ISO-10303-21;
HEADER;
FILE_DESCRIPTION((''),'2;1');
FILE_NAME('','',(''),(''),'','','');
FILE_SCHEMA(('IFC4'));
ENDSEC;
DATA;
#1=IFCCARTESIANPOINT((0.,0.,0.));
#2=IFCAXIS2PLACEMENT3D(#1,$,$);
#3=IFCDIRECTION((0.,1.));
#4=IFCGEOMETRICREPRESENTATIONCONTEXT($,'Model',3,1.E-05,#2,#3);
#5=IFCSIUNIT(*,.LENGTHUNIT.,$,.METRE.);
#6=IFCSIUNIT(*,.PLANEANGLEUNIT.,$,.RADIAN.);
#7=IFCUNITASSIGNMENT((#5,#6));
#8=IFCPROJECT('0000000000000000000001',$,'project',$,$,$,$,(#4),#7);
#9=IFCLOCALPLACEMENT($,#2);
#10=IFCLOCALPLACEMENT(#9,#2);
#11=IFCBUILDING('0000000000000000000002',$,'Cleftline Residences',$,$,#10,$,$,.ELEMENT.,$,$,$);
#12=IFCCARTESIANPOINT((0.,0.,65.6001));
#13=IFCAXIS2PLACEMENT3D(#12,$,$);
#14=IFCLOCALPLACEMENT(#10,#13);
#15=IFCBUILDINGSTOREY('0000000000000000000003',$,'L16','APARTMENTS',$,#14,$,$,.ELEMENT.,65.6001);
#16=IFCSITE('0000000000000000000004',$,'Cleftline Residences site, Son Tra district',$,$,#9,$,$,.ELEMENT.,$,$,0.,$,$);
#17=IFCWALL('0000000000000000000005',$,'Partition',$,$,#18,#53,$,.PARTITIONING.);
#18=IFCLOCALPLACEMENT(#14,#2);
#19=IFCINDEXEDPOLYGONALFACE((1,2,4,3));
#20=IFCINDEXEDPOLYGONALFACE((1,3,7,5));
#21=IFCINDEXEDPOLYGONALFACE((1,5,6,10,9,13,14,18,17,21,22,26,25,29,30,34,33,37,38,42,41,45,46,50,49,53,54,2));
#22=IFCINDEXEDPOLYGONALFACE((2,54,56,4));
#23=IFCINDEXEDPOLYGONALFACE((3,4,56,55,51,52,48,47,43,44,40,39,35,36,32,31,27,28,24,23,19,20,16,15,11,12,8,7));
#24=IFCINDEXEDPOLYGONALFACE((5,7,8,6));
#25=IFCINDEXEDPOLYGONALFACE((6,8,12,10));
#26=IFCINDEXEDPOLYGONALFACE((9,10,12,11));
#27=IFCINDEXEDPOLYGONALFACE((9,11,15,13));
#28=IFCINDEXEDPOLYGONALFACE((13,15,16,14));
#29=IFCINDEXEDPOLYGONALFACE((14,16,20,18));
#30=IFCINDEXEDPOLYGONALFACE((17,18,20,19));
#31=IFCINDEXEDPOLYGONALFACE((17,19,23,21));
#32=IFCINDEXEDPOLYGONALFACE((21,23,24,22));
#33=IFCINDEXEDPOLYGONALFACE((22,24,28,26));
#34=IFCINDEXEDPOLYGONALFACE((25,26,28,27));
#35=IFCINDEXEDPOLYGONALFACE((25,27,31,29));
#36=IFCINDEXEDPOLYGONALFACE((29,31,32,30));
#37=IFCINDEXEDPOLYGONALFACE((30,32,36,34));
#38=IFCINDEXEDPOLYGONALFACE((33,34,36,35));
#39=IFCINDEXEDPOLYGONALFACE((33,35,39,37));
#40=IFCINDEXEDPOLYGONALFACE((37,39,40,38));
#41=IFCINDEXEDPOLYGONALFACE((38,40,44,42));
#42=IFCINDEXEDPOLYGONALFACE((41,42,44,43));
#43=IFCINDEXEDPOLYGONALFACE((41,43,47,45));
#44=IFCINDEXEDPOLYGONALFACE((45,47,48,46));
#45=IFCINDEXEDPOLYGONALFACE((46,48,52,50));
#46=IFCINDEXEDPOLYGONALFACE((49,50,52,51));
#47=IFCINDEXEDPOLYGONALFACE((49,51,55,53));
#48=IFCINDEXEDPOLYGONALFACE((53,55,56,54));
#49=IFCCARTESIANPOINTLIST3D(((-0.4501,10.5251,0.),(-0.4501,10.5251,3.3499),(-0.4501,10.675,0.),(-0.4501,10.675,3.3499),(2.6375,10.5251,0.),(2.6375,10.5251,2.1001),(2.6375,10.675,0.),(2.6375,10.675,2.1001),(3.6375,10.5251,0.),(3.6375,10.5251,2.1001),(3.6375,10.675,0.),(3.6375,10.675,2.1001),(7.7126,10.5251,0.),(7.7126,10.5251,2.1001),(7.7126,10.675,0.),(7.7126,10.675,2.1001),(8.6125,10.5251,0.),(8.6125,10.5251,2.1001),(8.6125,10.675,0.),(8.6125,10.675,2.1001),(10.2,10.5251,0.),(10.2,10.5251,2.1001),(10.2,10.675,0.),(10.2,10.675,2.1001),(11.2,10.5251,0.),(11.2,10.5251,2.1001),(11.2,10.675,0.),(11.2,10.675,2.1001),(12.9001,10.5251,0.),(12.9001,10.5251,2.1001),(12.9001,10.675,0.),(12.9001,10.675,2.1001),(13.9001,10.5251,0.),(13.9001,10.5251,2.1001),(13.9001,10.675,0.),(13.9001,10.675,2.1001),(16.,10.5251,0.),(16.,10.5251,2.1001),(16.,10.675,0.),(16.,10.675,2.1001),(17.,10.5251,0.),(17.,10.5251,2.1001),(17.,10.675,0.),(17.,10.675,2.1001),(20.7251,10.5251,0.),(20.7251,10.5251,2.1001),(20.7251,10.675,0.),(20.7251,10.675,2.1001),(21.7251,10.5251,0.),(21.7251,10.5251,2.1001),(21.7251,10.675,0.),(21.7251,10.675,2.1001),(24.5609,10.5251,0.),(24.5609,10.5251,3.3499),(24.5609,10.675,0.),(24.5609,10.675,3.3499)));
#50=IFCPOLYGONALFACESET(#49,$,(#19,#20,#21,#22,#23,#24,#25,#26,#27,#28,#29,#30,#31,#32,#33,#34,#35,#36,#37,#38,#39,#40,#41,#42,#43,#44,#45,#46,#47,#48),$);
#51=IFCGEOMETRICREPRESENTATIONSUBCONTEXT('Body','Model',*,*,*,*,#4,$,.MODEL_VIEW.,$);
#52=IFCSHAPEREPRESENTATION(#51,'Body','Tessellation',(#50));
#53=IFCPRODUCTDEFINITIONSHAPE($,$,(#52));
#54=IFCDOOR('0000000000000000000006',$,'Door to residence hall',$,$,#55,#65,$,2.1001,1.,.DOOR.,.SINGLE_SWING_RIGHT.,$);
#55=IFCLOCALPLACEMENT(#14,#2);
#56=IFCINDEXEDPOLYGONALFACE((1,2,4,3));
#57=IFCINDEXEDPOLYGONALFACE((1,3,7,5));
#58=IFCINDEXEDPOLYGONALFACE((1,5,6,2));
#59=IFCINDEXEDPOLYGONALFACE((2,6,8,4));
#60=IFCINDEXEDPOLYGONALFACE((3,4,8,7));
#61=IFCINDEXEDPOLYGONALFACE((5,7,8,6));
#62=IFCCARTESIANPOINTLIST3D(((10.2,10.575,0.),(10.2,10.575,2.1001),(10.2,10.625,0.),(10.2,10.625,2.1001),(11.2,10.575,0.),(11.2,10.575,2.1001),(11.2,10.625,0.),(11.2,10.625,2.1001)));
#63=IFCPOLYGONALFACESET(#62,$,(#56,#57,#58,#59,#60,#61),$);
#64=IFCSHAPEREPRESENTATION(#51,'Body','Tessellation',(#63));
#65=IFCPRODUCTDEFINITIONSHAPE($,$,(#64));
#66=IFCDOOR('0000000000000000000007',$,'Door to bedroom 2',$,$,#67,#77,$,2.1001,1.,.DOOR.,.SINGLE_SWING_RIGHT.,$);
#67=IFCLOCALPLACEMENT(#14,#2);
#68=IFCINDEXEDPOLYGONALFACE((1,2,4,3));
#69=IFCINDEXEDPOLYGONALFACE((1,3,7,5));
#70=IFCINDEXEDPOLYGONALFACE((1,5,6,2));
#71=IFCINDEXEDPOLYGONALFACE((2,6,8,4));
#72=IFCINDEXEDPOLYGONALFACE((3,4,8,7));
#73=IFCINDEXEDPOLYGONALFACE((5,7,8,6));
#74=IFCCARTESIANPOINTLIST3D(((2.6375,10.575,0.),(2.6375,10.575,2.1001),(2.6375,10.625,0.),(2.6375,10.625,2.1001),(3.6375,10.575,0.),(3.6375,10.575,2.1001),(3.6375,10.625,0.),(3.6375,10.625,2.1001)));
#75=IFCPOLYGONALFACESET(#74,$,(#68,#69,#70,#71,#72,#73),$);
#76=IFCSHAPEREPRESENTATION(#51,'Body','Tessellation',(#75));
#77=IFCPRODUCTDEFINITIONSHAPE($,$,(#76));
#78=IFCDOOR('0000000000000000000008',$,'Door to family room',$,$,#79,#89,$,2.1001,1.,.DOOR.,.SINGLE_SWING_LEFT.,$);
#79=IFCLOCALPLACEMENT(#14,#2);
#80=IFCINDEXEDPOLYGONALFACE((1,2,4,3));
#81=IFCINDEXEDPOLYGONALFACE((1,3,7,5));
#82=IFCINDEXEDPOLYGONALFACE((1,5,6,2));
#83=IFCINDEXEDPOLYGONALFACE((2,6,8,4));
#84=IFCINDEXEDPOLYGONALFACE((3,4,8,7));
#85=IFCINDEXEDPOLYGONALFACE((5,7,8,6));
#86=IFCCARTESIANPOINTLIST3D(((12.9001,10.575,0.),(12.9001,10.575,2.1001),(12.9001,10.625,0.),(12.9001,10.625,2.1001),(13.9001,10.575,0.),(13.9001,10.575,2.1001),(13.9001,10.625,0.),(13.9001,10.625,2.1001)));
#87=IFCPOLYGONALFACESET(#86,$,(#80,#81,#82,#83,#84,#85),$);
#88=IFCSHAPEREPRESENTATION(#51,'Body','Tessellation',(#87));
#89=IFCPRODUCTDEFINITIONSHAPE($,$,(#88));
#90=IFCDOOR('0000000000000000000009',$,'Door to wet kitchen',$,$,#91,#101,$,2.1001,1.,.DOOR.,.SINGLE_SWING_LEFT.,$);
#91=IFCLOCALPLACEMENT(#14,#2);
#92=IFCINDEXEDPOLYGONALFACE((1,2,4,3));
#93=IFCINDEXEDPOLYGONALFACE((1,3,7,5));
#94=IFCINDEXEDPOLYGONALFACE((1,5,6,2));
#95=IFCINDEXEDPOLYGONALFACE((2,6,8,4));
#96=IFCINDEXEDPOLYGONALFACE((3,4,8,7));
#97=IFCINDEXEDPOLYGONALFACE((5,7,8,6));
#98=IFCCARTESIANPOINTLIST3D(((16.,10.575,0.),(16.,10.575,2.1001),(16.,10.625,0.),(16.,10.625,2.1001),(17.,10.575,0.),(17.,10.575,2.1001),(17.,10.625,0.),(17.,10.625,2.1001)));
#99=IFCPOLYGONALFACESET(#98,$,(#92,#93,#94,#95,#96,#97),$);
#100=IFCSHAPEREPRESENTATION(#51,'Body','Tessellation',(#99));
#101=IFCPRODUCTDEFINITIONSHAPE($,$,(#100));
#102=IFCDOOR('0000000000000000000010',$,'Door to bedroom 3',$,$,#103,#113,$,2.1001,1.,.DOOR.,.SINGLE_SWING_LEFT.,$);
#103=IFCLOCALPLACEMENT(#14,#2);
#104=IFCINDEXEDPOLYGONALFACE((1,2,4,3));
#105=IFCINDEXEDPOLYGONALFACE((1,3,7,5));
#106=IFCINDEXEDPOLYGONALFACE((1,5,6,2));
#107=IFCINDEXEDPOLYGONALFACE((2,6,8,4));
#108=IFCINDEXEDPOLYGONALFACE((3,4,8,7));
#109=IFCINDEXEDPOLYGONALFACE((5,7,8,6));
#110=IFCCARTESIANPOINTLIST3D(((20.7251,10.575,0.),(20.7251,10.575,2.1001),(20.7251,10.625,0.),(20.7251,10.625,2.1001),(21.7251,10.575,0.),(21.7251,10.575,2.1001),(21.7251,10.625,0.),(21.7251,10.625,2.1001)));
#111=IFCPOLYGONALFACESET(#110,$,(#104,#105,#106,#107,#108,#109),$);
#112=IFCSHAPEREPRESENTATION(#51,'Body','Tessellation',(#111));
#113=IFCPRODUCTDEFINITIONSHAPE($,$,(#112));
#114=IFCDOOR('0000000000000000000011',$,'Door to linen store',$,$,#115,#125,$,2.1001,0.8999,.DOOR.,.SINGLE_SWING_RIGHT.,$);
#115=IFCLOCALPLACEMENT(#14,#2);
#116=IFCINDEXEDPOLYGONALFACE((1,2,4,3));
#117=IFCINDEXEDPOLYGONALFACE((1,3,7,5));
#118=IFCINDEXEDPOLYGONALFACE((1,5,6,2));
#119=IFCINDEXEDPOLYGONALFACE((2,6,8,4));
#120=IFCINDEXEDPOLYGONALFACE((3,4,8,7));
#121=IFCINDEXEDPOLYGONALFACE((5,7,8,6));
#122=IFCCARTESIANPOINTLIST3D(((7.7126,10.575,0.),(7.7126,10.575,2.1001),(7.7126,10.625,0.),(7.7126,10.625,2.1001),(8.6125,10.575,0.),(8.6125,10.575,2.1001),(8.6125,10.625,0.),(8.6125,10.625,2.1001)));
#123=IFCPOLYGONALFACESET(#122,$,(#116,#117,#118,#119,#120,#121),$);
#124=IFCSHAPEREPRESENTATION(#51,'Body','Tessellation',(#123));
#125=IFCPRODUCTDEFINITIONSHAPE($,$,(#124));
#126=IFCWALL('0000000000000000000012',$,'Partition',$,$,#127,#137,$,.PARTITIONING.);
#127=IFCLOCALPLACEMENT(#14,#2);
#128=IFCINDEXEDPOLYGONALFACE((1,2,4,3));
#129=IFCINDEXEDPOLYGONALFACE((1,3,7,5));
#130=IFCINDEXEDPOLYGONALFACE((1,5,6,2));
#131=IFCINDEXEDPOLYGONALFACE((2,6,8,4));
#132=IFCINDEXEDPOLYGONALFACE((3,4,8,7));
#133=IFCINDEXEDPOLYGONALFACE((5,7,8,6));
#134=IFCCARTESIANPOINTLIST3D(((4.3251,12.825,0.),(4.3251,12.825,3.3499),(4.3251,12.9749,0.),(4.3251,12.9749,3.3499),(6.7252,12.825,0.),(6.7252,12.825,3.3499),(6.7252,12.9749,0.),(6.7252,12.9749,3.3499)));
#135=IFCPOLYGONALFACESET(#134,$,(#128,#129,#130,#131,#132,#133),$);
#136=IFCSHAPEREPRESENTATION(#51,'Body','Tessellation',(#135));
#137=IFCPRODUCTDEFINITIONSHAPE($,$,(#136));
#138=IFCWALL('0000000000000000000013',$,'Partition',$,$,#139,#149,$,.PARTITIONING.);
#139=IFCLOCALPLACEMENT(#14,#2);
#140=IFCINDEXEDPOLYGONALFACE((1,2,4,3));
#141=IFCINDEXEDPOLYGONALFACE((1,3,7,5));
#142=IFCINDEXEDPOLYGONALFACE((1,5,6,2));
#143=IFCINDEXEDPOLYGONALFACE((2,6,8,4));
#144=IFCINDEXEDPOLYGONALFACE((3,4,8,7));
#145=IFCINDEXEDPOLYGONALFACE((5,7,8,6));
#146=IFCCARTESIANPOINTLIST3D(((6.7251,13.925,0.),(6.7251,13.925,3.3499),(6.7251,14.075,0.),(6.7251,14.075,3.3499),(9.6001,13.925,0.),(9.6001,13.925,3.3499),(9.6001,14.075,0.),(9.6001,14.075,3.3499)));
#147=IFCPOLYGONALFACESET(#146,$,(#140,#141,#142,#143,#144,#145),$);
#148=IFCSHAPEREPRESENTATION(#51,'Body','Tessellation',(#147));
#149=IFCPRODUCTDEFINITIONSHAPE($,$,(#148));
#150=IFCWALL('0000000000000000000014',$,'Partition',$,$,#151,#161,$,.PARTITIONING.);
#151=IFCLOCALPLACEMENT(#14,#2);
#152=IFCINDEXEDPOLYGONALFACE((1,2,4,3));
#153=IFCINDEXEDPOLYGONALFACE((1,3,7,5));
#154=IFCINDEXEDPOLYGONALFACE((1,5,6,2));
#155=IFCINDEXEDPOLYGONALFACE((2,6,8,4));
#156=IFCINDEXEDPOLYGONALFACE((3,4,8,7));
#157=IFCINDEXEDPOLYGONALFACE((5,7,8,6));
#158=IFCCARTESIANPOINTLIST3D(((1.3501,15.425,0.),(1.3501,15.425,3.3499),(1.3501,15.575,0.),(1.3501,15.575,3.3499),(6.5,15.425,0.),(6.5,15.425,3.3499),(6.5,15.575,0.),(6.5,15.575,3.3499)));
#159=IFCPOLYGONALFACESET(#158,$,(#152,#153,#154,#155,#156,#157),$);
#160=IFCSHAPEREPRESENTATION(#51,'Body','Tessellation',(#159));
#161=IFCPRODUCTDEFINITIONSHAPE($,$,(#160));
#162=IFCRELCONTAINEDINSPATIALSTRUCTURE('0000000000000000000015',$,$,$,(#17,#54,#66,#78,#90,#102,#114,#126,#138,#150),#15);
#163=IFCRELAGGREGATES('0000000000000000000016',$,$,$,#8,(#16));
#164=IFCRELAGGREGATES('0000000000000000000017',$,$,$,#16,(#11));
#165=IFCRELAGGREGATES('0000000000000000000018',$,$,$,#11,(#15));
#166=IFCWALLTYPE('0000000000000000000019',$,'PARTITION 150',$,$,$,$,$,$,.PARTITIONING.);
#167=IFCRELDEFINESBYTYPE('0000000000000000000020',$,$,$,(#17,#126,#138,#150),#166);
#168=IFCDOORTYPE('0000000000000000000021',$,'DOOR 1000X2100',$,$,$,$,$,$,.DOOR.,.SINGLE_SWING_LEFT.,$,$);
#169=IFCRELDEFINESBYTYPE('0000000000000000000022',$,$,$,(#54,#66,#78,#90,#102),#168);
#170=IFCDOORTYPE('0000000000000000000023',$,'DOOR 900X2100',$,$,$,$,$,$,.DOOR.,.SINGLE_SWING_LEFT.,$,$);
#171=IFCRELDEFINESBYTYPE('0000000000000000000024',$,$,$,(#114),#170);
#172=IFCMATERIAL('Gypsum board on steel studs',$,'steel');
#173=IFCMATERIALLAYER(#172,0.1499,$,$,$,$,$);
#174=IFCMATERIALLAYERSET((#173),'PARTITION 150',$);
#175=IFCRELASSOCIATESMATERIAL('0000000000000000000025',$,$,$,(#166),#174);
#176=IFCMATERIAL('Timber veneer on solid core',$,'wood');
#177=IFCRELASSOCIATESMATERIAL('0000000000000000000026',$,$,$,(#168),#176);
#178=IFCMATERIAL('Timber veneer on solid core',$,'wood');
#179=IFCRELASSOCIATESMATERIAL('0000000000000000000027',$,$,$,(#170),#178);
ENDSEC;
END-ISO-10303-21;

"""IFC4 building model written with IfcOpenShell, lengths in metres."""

from ifc_helpers import new_model, si_unit, direction, frame, frame_2d, origin, place, context, subcontext, project, spatial, rectangle, extrude, material, layer, layer_set, type_object, element, fill, save


model = new_model("IFC4")

# Units and contexts
model_context = context("Model", 3, precision=1e-05, world=origin(), true_north=direction((0.0, 1.0)))
body_context = subcontext(model_context, "Body", "Model", "MODEL_VIEW")
ifc_project = project(units=[si_unit("LENGTHUNIT", "METRE"), si_unit("PLANEANGLEUNIT", "RADIAN")], contexts=[model_context])

# Site, building, storey
site_placement = place(None, origin())
site = spatial("IfcSite", under=ifc_project, at=site_placement, Name="Cleftline Residences site, Son Tra district", CompositionType="ELEMENT", RefElevation=0.0)
building_placement = place(site_placement, origin())
building = spatial("IfcBuilding", under=site, at=building_placement, Name="Cleftline Residences", CompositionType="ELEMENT")
storey_placement = place(building_placement, frame((0.0, 0.0, 65.6001)))
storey = spatial("IfcBuildingStorey", under=building, at=storey_placement, Name="L16", Description="APARTMENTS", CompositionType="ELEMENT", Elevation=65.6001)

# Wall, openings, doors
ifc_material_1 = material(Name="Gypsum board on steel studs", Category="steel")
ifc_layer = layer(ifc_material_1, 0.1499)
ifc_layer_set = layer_set([ifc_layer], Name="PARTITION 150")
wall_type = type_object("IfcWallType", Name="PARTITION 150", PredefinedType="PARTITIONING", material=ifc_layer_set)
wall_1_placement = place(storey_placement, frame((-0.45, 10.6001, 0.0), z_axis=(0.0, 0.0, 1.0), x_axis=(1.0, 0.0, 0.0)))
wall_1 = element("IfcWall", 1, at=wall_1_placement, inside=storey, type_object=wall_type, Name="Partition", PredefinedType="PARTITIONING", context=body_context, shape_type="SweptSolid", body=[
    extrude(rectangle(XDim=25.011, YDim=0.1499, at=frame_2d((12.5054, 0.0))), origin(), (0.0, 0.0, 1.0), 3.3499),
])
opening_1_placement = place(wall_1_placement, frame((10.6499, 0.0, 0.0)))
opening_1 = element("IfcOpeningElement", 2, at=opening_1_placement, cuts=wall_1, PredefinedType="OPENING", context=body_context, shape_type="SweptSolid", body=[
    extrude(rectangle(XDim=1.0, YDim=2.1001, at=frame_2d((0.5, 1.05))), frame((0.0, 0.085, 0.0), z_axis=(0.0, -1.0, 0.0), x_axis=(1.0, 0.0, 0.0)), (0.0, 0.0, 1.0), 0.1699),
])
opening_2_placement = place(wall_1_placement, frame((3.0874, 0.0, 0.0)))
opening_2 = element("IfcOpeningElement", 3, at=opening_2_placement, cuts=wall_1, PredefinedType="OPENING", context=body_context, shape_type="SweptSolid", body=[
    extrude(rectangle(XDim=1.0, YDim=2.1001, at=frame_2d((0.5, 1.05))), frame((0.0, 0.085, 0.0), z_axis=(0.0, -1.0, 0.0), x_axis=(1.0, 0.0, 0.0)), (0.0, 0.0, 1.0), 0.1699),
])
opening_3_placement = place(wall_1_placement, frame((8.1626, 0.0, 0.0)))
opening_3 = element("IfcOpeningElement", 4, at=opening_3_placement, cuts=wall_1, PredefinedType="OPENING", context=body_context, shape_type="SweptSolid", body=[
    extrude(rectangle(XDim=0.8999, YDim=2.1001, at=frame_2d((0.45, 1.05))), frame((0.0, 0.085, 0.0), z_axis=(0.0, -1.0, 0.0), x_axis=(1.0, 0.0, 0.0)), (0.0, 0.0, 1.0), 0.1699),
])
opening_4_placement = place(wall_1_placement, frame((13.3501, 0.0, 0.0)))
opening_4 = element("IfcOpeningElement", 5, at=opening_4_placement, cuts=wall_1, PredefinedType="OPENING", context=body_context, shape_type="SweptSolid", body=[
    extrude(rectangle(XDim=1.0, YDim=2.1001, at=frame_2d((0.5, 1.05))), frame((0.0, 0.085, 0.0), z_axis=(0.0, -1.0, 0.0), x_axis=(1.0, 0.0, 0.0)), (0.0, 0.0, 1.0), 0.1699),
])
opening_5_placement = place(wall_1_placement, frame((16.45, 0.0, 0.0)))
opening_5 = element("IfcOpeningElement", 6, at=opening_5_placement, cuts=wall_1, PredefinedType="OPENING", context=body_context, shape_type="SweptSolid", body=[
    extrude(rectangle(XDim=1.0, YDim=2.1001, at=frame_2d((0.5, 1.05))), frame((0.0, 0.085, 0.0), z_axis=(0.0, -1.0, 0.0), x_axis=(1.0, 0.0, 0.0)), (0.0, 0.0, 1.0), 0.1699),
])
opening_6_placement = place(wall_1_placement, frame((21.175, 0.0, 0.0)))
opening_6 = element("IfcOpeningElement", 7, at=opening_6_placement, cuts=wall_1, PredefinedType="OPENING", context=body_context, shape_type="SweptSolid", body=[
    extrude(rectangle(XDim=1.0, YDim=2.1001, at=frame_2d((0.5, 1.05))), frame((0.0, 0.085, 0.0), z_axis=(0.0, -1.0, 0.0), x_axis=(1.0, 0.0, 0.0)), (0.0, 0.0, 1.0), 0.1699),
])
ifc_material_2 = material(Name="Timber veneer on solid core", Category="wood")
door_type_1 = type_object("IfcDoorType", Name="DOOR 1000X2100", OperationType="SINGLE_SWING_LEFT", PredefinedType="DOOR", material=ifc_material_2)
door_1_placement = place(opening_1_placement, origin())
door_1 = element("IfcDoor", 8, at=door_1_placement, inside=storey, type_object=door_type_1, Name="Door to residence hall", OperationType="SINGLE_SWING_RIGHT", OverallHeight=2.1001, OverallWidth=1.0, PredefinedType="DOOR", context=body_context, shape_type="SweptSolid", body=[
    extrude(rectangle(XDim=1.0, YDim=2.1001, at=frame_2d((0.5, 1.05))), frame((0.0, 0.0249, 0.0), z_axis=(0.0, -1.0, 0.0), x_axis=(1.0, 0.0, 0.0)), (0.0, 0.0, 1.0), 0.05),
])
fill(opening_1, door_1)
door_2_placement = place(opening_2_placement, origin())
door_2 = element("IfcDoor", 9, at=door_2_placement, inside=storey, type_object=door_type_1, Name="Door to bedroom 2", OperationType="SINGLE_SWING_RIGHT", OverallHeight=2.1001, OverallWidth=1.0, PredefinedType="DOOR", context=body_context, shape_type="SweptSolid", body=[
    extrude(rectangle(XDim=1.0, YDim=2.1001, at=frame_2d((0.5, 1.05))), frame((0.0, 0.0249, 0.0), z_axis=(0.0, -1.0, 0.0), x_axis=(1.0, 0.0, 0.0)), (0.0, 0.0, 1.0), 0.05),
])
fill(opening_2, door_2)
door_3_placement = place(opening_4_placement, origin())
door_3 = element("IfcDoor", 10, at=door_3_placement, inside=storey, type_object=door_type_1, Name="Door to family room", OperationType="SINGLE_SWING_LEFT", OverallHeight=2.1001, OverallWidth=1.0, PredefinedType="DOOR", context=body_context, shape_type="SweptSolid", body=[
    extrude(rectangle(XDim=1.0, YDim=2.1001, at=frame_2d((0.5, 1.05))), frame((0.0, 0.0249, 0.0), z_axis=(0.0, -1.0, 0.0), x_axis=(1.0, 0.0, 0.0)), (0.0, 0.0, 1.0), 0.05),
])
fill(opening_4, door_3)
door_4_placement = place(opening_5_placement, origin())
door_4 = element("IfcDoor", 11, at=door_4_placement, inside=storey, type_object=door_type_1, Name="Door to wet kitchen", OperationType="SINGLE_SWING_LEFT", OverallHeight=2.1001, OverallWidth=1.0, PredefinedType="DOOR", context=body_context, shape_type="SweptSolid", body=[
    extrude(rectangle(XDim=1.0, YDim=2.1001, at=frame_2d((0.5, 1.05))), frame((0.0, 0.0249, 0.0), z_axis=(0.0, -1.0, 0.0), x_axis=(1.0, 0.0, 0.0)), (0.0, 0.0, 1.0), 0.05),
])
fill(opening_5, door_4)
door_5_placement = place(opening_6_placement, origin())
door_5 = element("IfcDoor", 12, at=door_5_placement, inside=storey, type_object=door_type_1, Name="Door to bedroom 3", OperationType="SINGLE_SWING_LEFT", OverallHeight=2.1001, OverallWidth=1.0, PredefinedType="DOOR", context=body_context, shape_type="SweptSolid", body=[
    extrude(rectangle(XDim=1.0, YDim=2.1001, at=frame_2d((0.5, 1.05))), frame((0.0, 0.0249, 0.0), z_axis=(0.0, -1.0, 0.0), x_axis=(1.0, 0.0, 0.0)), (0.0, 0.0, 1.0), 0.05),
])
fill(opening_6, door_5)
ifc_material_3 = material(Name="Timber veneer on solid core", Category="wood")
door_type_2 = type_object("IfcDoorType", Name="DOOR 900X2100", OperationType="SINGLE_SWING_LEFT", PredefinedType="DOOR", material=ifc_material_3)
door_6_placement = place(opening_3_placement, origin())
door_6 = element("IfcDoor", 13, at=door_6_placement, inside=storey, type_object=door_type_2, Name="Door to linen store", OperationType="SINGLE_SWING_RIGHT", OverallHeight=2.1001, OverallWidth=0.8999, PredefinedType="DOOR", context=body_context, shape_type="SweptSolid", body=[
    extrude(rectangle(XDim=0.8999, YDim=2.1001, at=frame_2d((0.45, 1.05))), frame((0.0, 0.0249, 0.0), z_axis=(0.0, -1.0, 0.0), x_axis=(1.0, 0.0, 0.0)), (0.0, 0.0, 1.0), 0.05),
])
fill(opening_3, door_6)

# Walls
wall_2_placement = place(storey_placement, frame((4.325, 12.8999, 0.0), z_axis=(0.0, 0.0, 1.0), x_axis=(1.0, 0.0, 0.0)))
element("IfcWall", 14, at=wall_2_placement, inside=storey, type_object=wall_type, Name="Partition", PredefinedType="PARTITIONING", context=body_context, shape_type="SweptSolid", body=[
    extrude(rectangle(XDim=2.4001, YDim=0.1499, at=frame_2d((1.2002, 0.0))), origin(), (0.0, 0.0, 1.0), 3.3499),
])
wall_3_placement = place(storey_placement, frame((6.7251, 14.0, 0.0), z_axis=(0.0, 0.0, 1.0), x_axis=(1.0, 0.0, 0.0)))
element("IfcWall", 15, at=wall_3_placement, inside=storey, type_object=wall_type, Name="Partition", PredefinedType="PARTITIONING", context=body_context, shape_type="SweptSolid", body=[
    extrude(rectangle(XDim=2.875, YDim=0.1499, at=frame_2d((1.4375, 0.0))), origin(), (0.0, 0.0, 1.0), 3.3499),
])
wall_4_placement = place(storey_placement, frame((1.3501, 15.5, 0.0), z_axis=(0.0, 0.0, 1.0), x_axis=(1.0, 0.0, 0.0)))
element("IfcWall", 16, at=wall_4_placement, inside=storey, type_object=wall_type, Name="Partition", PredefinedType="PARTITIONING", context=body_context, shape_type="SweptSolid", body=[
    extrude(rectangle(XDim=5.1499, YDim=0.1499, at=frame_2d((2.575, 0.0))), origin(), (0.0, 0.0, 1.0), 3.3499),
])

save(model, "model.ifc")
